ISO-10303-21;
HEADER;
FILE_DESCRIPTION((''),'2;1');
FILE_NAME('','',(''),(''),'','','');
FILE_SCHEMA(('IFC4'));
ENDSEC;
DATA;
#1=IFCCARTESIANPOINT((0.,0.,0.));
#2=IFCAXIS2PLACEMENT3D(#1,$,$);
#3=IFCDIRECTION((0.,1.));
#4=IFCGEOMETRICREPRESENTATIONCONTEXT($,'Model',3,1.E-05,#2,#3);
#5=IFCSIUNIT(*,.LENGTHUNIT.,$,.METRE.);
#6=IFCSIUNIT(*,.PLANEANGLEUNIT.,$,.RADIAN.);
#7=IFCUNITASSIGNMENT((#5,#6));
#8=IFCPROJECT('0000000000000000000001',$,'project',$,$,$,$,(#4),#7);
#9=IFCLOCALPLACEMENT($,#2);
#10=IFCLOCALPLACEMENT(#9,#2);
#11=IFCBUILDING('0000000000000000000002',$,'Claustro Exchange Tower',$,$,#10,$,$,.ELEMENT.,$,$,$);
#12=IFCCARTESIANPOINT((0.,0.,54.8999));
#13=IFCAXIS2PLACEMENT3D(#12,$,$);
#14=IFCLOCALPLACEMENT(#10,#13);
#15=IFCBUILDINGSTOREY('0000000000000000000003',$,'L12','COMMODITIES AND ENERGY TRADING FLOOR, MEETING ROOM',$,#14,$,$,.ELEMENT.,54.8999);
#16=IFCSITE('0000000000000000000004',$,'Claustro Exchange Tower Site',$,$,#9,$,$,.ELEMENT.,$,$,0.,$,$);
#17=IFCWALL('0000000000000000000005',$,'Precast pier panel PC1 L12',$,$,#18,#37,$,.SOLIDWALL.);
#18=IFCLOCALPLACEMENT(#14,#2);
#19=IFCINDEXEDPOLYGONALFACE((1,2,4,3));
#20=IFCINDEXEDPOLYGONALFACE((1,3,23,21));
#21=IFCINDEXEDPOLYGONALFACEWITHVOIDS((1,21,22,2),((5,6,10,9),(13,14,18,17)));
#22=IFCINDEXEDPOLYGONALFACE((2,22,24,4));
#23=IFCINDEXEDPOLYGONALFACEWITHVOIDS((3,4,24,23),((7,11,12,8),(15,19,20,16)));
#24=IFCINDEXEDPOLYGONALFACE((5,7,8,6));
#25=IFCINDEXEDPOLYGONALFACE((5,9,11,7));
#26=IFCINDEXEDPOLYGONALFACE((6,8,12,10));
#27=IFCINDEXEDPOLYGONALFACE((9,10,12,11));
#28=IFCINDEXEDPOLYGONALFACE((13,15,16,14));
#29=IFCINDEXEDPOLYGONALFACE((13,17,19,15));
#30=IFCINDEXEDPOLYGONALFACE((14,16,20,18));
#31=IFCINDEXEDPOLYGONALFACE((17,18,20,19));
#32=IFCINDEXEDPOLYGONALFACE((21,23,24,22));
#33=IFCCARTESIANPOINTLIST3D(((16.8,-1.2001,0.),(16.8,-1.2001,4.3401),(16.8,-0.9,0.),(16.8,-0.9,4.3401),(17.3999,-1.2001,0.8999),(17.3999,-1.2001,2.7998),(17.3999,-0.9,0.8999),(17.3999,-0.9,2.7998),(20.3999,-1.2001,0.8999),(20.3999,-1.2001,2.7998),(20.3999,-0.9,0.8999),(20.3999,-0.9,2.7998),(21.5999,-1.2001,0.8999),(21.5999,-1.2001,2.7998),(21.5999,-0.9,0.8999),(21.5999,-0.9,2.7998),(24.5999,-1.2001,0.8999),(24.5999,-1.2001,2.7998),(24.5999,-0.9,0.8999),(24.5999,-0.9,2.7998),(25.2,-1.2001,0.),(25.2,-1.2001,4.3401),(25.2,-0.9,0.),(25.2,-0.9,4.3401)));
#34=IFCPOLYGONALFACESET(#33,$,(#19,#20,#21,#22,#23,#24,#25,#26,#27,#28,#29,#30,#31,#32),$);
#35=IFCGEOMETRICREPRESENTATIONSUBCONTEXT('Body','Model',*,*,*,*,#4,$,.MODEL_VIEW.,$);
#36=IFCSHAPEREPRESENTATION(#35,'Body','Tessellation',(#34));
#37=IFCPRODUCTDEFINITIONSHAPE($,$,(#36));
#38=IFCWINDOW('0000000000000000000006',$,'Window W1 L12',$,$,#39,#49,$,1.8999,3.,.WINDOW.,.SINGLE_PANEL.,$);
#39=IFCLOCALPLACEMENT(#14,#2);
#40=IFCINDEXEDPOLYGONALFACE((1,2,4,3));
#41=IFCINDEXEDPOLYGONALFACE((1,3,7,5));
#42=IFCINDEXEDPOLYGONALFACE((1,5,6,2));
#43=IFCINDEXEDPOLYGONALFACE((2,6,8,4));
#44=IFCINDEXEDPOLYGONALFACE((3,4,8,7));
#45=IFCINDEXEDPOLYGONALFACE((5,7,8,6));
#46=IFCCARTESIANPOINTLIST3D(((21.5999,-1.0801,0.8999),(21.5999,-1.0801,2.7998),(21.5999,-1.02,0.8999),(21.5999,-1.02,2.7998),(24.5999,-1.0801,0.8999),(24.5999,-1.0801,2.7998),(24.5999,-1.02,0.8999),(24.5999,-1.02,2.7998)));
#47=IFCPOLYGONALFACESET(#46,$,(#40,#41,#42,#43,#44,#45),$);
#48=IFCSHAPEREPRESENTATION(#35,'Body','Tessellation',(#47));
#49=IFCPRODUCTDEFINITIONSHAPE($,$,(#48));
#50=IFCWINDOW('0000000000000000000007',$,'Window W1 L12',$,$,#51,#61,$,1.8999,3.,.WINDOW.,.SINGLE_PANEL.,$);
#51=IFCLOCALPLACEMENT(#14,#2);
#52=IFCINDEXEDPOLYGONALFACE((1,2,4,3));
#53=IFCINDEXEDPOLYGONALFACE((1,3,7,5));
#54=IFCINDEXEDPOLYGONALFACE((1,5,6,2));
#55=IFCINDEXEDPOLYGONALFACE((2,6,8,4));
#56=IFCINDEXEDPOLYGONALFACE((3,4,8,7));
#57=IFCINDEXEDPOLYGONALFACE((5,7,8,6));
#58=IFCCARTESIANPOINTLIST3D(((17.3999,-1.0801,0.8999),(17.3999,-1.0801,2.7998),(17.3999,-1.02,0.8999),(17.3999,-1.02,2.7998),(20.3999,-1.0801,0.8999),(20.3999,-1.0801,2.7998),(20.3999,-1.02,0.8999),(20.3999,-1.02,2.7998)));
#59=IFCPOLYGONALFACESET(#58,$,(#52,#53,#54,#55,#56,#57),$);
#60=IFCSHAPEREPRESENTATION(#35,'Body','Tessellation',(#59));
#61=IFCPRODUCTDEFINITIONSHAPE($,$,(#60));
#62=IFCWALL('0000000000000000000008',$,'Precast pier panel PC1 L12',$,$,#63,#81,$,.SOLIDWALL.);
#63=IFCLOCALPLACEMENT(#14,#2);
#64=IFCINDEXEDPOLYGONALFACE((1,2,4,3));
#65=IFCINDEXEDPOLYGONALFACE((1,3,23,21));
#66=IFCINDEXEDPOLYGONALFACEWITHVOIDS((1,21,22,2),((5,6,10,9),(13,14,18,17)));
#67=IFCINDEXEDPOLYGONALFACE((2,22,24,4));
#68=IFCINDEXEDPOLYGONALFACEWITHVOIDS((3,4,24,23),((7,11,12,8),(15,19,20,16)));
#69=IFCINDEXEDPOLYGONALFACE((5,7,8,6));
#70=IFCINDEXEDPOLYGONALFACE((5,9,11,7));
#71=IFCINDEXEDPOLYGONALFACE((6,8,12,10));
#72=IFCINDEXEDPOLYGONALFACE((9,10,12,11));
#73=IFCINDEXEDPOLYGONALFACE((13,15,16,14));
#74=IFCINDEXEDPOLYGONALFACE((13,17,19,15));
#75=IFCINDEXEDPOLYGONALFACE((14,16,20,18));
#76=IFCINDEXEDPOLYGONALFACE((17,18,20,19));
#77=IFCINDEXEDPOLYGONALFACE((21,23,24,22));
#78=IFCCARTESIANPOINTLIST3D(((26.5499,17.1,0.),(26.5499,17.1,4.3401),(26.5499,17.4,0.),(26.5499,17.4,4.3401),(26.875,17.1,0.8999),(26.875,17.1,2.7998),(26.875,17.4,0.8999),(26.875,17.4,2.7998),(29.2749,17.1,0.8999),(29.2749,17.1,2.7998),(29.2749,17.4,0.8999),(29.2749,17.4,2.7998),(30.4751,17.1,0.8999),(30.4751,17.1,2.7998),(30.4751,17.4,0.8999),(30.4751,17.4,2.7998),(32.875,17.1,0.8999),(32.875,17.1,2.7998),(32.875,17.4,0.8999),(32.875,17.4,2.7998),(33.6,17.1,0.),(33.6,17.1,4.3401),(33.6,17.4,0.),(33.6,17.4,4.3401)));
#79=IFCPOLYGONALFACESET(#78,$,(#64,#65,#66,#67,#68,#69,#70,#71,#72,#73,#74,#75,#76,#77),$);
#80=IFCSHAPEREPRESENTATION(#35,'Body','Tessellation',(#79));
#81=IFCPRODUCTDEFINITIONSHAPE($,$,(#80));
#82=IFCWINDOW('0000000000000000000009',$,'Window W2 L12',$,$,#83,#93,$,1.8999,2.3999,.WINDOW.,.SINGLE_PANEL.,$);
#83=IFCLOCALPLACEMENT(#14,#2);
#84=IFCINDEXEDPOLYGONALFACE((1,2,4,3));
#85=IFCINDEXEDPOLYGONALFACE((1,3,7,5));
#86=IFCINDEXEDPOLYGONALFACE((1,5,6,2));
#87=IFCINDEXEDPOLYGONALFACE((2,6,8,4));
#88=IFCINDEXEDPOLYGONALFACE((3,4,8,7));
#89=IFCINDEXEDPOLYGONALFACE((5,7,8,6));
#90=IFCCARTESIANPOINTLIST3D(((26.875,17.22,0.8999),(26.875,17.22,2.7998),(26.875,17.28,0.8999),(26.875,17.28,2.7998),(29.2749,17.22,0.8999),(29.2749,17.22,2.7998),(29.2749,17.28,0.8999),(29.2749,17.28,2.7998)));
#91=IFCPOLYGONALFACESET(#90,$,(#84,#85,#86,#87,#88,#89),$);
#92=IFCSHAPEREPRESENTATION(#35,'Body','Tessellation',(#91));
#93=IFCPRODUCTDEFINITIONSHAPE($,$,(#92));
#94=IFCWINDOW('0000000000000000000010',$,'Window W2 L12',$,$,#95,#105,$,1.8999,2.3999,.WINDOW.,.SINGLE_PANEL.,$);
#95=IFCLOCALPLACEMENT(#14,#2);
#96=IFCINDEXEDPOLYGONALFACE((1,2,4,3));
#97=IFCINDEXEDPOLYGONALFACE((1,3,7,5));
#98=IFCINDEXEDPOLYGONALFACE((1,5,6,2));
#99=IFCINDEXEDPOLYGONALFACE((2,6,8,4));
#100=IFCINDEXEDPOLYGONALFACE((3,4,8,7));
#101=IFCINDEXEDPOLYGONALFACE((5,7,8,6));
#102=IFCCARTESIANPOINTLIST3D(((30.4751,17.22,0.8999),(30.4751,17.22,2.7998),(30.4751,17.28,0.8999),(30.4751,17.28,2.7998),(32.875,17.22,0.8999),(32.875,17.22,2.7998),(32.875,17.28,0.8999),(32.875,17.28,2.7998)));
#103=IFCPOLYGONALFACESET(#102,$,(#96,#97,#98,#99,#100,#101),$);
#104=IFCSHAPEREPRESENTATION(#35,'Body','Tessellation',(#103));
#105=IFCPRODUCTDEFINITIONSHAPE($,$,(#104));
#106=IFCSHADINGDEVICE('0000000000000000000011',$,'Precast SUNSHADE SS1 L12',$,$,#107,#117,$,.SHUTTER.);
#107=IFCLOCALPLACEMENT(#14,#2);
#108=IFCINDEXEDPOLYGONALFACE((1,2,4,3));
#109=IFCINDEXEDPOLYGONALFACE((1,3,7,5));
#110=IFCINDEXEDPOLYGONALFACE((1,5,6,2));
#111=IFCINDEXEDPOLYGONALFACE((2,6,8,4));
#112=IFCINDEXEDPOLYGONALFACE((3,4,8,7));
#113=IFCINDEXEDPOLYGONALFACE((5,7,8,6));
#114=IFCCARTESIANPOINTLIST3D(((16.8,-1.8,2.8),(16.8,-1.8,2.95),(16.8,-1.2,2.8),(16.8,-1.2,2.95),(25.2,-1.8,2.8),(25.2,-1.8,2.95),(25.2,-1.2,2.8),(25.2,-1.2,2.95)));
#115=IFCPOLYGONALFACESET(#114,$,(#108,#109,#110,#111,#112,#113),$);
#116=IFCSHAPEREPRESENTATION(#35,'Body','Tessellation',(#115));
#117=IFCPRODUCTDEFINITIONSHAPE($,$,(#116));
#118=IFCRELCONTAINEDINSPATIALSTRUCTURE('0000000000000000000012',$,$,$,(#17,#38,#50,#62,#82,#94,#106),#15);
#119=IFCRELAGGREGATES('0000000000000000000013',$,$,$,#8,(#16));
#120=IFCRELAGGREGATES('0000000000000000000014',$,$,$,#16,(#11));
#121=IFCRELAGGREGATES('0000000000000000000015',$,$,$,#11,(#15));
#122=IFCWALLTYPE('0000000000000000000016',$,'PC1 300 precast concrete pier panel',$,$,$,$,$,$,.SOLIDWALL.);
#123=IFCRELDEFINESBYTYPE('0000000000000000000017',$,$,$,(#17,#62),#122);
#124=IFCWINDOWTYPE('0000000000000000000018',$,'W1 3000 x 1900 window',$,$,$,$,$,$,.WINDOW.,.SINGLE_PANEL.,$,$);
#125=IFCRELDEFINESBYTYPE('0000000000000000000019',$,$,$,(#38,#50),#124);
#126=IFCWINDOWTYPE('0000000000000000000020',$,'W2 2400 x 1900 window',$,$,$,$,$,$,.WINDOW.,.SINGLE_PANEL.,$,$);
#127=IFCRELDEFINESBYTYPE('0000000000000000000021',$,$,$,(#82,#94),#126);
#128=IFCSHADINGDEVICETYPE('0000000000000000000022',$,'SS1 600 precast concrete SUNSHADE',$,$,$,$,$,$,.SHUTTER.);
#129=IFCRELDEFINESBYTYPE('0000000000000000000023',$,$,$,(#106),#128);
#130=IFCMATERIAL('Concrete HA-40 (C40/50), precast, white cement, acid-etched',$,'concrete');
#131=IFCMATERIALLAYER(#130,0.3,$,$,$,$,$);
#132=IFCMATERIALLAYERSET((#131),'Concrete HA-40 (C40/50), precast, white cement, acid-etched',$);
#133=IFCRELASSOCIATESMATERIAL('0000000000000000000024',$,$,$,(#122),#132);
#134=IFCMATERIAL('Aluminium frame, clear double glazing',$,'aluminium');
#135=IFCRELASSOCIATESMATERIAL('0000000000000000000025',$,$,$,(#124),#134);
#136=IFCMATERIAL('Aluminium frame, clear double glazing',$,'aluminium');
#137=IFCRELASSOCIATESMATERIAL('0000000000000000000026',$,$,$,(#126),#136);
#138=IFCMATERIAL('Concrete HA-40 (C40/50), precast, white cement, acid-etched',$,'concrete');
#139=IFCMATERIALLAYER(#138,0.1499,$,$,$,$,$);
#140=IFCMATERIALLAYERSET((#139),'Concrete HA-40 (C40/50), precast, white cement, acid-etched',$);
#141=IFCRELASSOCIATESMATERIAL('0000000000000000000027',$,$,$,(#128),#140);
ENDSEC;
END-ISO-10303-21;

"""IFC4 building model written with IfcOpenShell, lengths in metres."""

from ifc_helpers import new_model, si_unit, direction, frame, frame_2d, origin, origin_2d, place, context, subcontext, project, spatial, rectangle, extrude, material, layer, layer_set, type_object, element, fill, save


model = new_model("IFC4")

# Units and contexts
model_context = context("Model", 3, precision=1e-05, world=origin(), true_north=direction((0.0, 1.0)))
body_context = subcontext(model_context, "Body", "Model", "MODEL_VIEW")
ifc_project = project(units=[si_unit("LENGTHUNIT", "METRE"), si_unit("PLANEANGLEUNIT", "RADIAN")], contexts=[model_context])

# Site, building, storey
site_placement = place(None, origin())
site = spatial("IfcSite", under=ifc_project, at=site_placement, Name="Claustro Exchange Tower Site", CompositionType="ELEMENT", RefElevation=0.0)
building_placement = place(site_placement, origin())
building = spatial("IfcBuilding", under=site, at=building_placement, Name="Claustro Exchange Tower", CompositionType="ELEMENT")
storey_placement = place(building_placement, frame((0.0, 0.0, 54.8999)))
storey = spatial("IfcBuildingStorey", under=building, at=storey_placement, Name="L12", Description="COMMODITIES AND ENERGY TRADING FLOOR, MEETING ROOM", CompositionType="ELEMENT", Elevation=54.8999)

# Walls, openings, windows
ifc_material_1 = material(Name="Concrete HA-40 (C40/50), precast, white cement, acid-etched", Category="concrete")
ifc_layer_1 = layer(ifc_material_1, 0.3)
ifc_layer_set_1 = layer_set([ifc_layer_1], Name="Concrete HA-40 (C40/50), precast, white cement, acid-etched")
wall_type_1 = type_object("IfcWallType", Name="PC1 300 precast concrete pier panel", PredefinedType="SOLIDWALL", material=ifc_layer_set_1)
wall_1_placement = place(storey_placement, frame((25.2, -1.05, 0.0), z_axis=(0.0, 0.0, 1.0), x_axis=(-1.0, 0.0, 0.0)))
wall_1 = element("IfcWall", 1, at=wall_1_placement, inside=storey, type_object=wall_type_1, Name="Precast pier panel PC1 L12", PredefinedType="SOLIDWALL", context=body_context, shape_type="SweptSolid", body=[
    extrude(rectangle(XDim=8.3999, YDim=0.3, at=frame_2d((4.2, 0.0))), origin(), (0.0, 0.0, 1.0), 4.3401),
])
opening_1_placement = place(wall_1_placement, frame((0.6001, 0.0, 0.8999)))
opening_1 = element("IfcOpeningElement", 2, at=opening_1_placement, cuts=wall_1, PredefinedType="OPENING", context=body_context, shape_type="SweptSolid", body=[
    extrude(rectangle(XDim=3.0, YDim=1.8999, at=frame_2d((1.5, 0.95))), frame((0.0, 0.1599, 0.0), z_axis=(0.0, -1.0, 0.0), x_axis=(1.0, 0.0, 0.0)), (0.0, 0.0, 1.0), 0.3201),
])
opening_2_placement = place(wall_1_placement, frame((4.8, 0.0, 0.8999)))
opening_2 = element("IfcOpeningElement", 3, at=opening_2_placement, cuts=wall_1, PredefinedType="OPENING", context=body_context, shape_type="SweptSolid", body=[
    extrude(rectangle(XDim=3.0, YDim=1.8999, at=frame_2d((1.5, 0.95))), frame((0.0, 0.1599, 0.0), z_axis=(0.0, -1.0, 0.0), x_axis=(1.0, 0.0, 0.0)), (0.0, 0.0, 1.0), 0.3201),
])
ifc_material_2 = material(Name="Aluminium frame, clear double glazing", Category="aluminium")
window_type_1 = type_object("IfcWindowType", Name="W1 3000 x 1900 window", PartitioningType="SINGLE_PANEL", PredefinedType="WINDOW", material=ifc_material_2)
window_1_placement = place(opening_1_placement, origin())
window_1 = element("IfcWindow", 4, at=window_1_placement, inside=storey, type_object=window_type_1, Name="Window W1 L12", OverallHeight=1.8999, OverallWidth=3.0, PartitioningType="SINGLE_PANEL", PredefinedType="WINDOW", context=body_context, shape_type="SweptSolid", body=[
    extrude(rectangle(XDim=3.0, YDim=1.8999, at=frame_2d((1.5, 0.95))), frame((0.0, 0.03, 0.0), z_axis=(0.0, -1.0, 0.0), x_axis=(1.0, 0.0, 0.0)), (0.0, 0.0, 1.0), 0.0601),
])
fill(opening_1, window_1)
window_2_placement = place(opening_2_placement, origin())
window_2 = element("IfcWindow", 5, at=window_2_placement, inside=storey, type_object=window_type_1, Name="Window W1 L12", OverallHeight=1.8999, OverallWidth=3.0, PartitioningType="SINGLE_PANEL", PredefinedType="WINDOW", context=body_context, shape_type="SweptSolid", body=[
    extrude(rectangle(XDim=3.0, YDim=1.8999, at=frame_2d((1.5, 0.95))), frame((0.0, 0.03, 0.0), z_axis=(0.0, -1.0, 0.0), x_axis=(1.0, 0.0, 0.0)), (0.0, 0.0, 1.0), 0.0601),
])
fill(opening_2, window_2)
wall_2_placement = place(storey_placement, frame((26.55, 17.25, 0.0), z_axis=(0.0, 0.0, 1.0), x_axis=(1.0, 0.0, 0.0)))
wall_2 = element("IfcWall", 6, at=wall_2_placement, inside=storey, type_object=wall_type_1, Name="Precast pier panel PC1 L12", PredefinedType="SOLIDWALL", context=body_context, shape_type="SweptSolid", body=[
    extrude(rectangle(XDim=7.05, YDim=0.3, at=frame_2d((3.5249, 0.0))), origin(), (0.0, 0.0, 1.0), 4.3401),
])
opening_3_placement = place(wall_2_placement, frame((0.325, 0.0, 0.8999)))
opening_3 = element("IfcOpeningElement", 7, at=opening_3_placement, cuts=wall_2, PredefinedType="OPENING", context=body_context, shape_type="SweptSolid", body=[
    extrude(rectangle(XDim=2.3999, YDim=1.8999, at=frame_2d((1.2, 0.95))), frame((0.0, 0.1599, 0.0), z_axis=(0.0, -1.0, 0.0), x_axis=(1.0, 0.0, 0.0)), (0.0, 0.0, 1.0), 0.3201),
])
opening_4_placement = place(wall_2_placement, frame((3.925, 0.0, 0.8999)))
opening_4 = element("IfcOpeningElement", 8, at=opening_4_placement, cuts=wall_2, PredefinedType="OPENING", context=body_context, shape_type="SweptSolid", body=[
    extrude(rectangle(XDim=2.3999, YDim=1.8999, at=frame_2d((1.2, 0.95))), frame((0.0, 0.1599, 0.0), z_axis=(0.0, -1.0, 0.0), x_axis=(1.0, 0.0, 0.0)), (0.0, 0.0, 1.0), 0.3201),
])
ifc_material_3 = material(Name="Aluminium frame, clear double glazing", Category="aluminium")
window_type_2 = type_object("IfcWindowType", Name="W2 2400 x 1900 window", PartitioningType="SINGLE_PANEL", PredefinedType="WINDOW", material=ifc_material_3)
window_3_placement = place(opening_3_placement, origin())
window_3 = element("IfcWindow", 9, at=window_3_placement, inside=storey, type_object=window_type_2, Name="Window W2 L12", OverallHeight=1.8999, OverallWidth=2.3999, PartitioningType="SINGLE_PANEL", PredefinedType="WINDOW", context=body_context, shape_type="SweptSolid", body=[
    extrude(rectangle(XDim=2.3999, YDim=1.8999, at=frame_2d((1.2, 0.95))), frame((0.0, 0.03, 0.0), z_axis=(0.0, -1.0, 0.0), x_axis=(1.0, 0.0, 0.0)), (0.0, 0.0, 1.0), 0.0601),
])
fill(opening_3, window_3)
window_4_placement = place(opening_4_placement, origin())
window_4 = element("IfcWindow", 10, at=window_4_placement, inside=storey, type_object=window_type_2, Name="Window W2 L12", OverallHeight=1.8999, OverallWidth=2.3999, PartitioningType="SINGLE_PANEL", PredefinedType="WINDOW", context=body_context, shape_type="SweptSolid", body=[
    extrude(rectangle(XDim=2.3999, YDim=1.8999, at=frame_2d((1.2, 0.95))), frame((0.0, 0.03, 0.0), z_axis=(0.0, -1.0, 0.0), x_axis=(1.0, 0.0, 0.0)), (0.0, 0.0, 1.0), 0.0601),
])
fill(opening_4, window_4)

# Shading device
ifc_material_4 = material(Name="Concrete HA-40 (C40/50), precast, white cement, acid-etched", Category="concrete")
ifc_layer_2 = layer(ifc_material_4, 0.1499)
ifc_layer_set_2 = layer_set([ifc_layer_2], Name="Concrete HA-40 (C40/50), precast, white cement, acid-etched")
shading_device_type = type_object("IfcShadingDeviceType", Name="SS1 600 precast concrete SUNSHADE", PredefinedType="SHUTTER", material=ifc_layer_set_2)
shading_device_placement = place(storey_placement, frame((21.0, -1.5, 2.8), z_axis=(0.0, 0.0, 1.0), x_axis=(-1.0, 0.0, 0.0)))
element("IfcShadingDevice", 11, at=shading_device_placement, inside=storey, type_object=shading_device_type, Name="Precast SUNSHADE SS1 L12", PredefinedType="SHUTTER", context=body_context, shape_type="SweptSolid", body=[
    extrude(rectangle(XDim=8.3999, YDim=0.6001, at=origin_2d()), origin(), (0.0, 0.0, 1.0), 0.1499),
])

save(model, "model.ifc")
